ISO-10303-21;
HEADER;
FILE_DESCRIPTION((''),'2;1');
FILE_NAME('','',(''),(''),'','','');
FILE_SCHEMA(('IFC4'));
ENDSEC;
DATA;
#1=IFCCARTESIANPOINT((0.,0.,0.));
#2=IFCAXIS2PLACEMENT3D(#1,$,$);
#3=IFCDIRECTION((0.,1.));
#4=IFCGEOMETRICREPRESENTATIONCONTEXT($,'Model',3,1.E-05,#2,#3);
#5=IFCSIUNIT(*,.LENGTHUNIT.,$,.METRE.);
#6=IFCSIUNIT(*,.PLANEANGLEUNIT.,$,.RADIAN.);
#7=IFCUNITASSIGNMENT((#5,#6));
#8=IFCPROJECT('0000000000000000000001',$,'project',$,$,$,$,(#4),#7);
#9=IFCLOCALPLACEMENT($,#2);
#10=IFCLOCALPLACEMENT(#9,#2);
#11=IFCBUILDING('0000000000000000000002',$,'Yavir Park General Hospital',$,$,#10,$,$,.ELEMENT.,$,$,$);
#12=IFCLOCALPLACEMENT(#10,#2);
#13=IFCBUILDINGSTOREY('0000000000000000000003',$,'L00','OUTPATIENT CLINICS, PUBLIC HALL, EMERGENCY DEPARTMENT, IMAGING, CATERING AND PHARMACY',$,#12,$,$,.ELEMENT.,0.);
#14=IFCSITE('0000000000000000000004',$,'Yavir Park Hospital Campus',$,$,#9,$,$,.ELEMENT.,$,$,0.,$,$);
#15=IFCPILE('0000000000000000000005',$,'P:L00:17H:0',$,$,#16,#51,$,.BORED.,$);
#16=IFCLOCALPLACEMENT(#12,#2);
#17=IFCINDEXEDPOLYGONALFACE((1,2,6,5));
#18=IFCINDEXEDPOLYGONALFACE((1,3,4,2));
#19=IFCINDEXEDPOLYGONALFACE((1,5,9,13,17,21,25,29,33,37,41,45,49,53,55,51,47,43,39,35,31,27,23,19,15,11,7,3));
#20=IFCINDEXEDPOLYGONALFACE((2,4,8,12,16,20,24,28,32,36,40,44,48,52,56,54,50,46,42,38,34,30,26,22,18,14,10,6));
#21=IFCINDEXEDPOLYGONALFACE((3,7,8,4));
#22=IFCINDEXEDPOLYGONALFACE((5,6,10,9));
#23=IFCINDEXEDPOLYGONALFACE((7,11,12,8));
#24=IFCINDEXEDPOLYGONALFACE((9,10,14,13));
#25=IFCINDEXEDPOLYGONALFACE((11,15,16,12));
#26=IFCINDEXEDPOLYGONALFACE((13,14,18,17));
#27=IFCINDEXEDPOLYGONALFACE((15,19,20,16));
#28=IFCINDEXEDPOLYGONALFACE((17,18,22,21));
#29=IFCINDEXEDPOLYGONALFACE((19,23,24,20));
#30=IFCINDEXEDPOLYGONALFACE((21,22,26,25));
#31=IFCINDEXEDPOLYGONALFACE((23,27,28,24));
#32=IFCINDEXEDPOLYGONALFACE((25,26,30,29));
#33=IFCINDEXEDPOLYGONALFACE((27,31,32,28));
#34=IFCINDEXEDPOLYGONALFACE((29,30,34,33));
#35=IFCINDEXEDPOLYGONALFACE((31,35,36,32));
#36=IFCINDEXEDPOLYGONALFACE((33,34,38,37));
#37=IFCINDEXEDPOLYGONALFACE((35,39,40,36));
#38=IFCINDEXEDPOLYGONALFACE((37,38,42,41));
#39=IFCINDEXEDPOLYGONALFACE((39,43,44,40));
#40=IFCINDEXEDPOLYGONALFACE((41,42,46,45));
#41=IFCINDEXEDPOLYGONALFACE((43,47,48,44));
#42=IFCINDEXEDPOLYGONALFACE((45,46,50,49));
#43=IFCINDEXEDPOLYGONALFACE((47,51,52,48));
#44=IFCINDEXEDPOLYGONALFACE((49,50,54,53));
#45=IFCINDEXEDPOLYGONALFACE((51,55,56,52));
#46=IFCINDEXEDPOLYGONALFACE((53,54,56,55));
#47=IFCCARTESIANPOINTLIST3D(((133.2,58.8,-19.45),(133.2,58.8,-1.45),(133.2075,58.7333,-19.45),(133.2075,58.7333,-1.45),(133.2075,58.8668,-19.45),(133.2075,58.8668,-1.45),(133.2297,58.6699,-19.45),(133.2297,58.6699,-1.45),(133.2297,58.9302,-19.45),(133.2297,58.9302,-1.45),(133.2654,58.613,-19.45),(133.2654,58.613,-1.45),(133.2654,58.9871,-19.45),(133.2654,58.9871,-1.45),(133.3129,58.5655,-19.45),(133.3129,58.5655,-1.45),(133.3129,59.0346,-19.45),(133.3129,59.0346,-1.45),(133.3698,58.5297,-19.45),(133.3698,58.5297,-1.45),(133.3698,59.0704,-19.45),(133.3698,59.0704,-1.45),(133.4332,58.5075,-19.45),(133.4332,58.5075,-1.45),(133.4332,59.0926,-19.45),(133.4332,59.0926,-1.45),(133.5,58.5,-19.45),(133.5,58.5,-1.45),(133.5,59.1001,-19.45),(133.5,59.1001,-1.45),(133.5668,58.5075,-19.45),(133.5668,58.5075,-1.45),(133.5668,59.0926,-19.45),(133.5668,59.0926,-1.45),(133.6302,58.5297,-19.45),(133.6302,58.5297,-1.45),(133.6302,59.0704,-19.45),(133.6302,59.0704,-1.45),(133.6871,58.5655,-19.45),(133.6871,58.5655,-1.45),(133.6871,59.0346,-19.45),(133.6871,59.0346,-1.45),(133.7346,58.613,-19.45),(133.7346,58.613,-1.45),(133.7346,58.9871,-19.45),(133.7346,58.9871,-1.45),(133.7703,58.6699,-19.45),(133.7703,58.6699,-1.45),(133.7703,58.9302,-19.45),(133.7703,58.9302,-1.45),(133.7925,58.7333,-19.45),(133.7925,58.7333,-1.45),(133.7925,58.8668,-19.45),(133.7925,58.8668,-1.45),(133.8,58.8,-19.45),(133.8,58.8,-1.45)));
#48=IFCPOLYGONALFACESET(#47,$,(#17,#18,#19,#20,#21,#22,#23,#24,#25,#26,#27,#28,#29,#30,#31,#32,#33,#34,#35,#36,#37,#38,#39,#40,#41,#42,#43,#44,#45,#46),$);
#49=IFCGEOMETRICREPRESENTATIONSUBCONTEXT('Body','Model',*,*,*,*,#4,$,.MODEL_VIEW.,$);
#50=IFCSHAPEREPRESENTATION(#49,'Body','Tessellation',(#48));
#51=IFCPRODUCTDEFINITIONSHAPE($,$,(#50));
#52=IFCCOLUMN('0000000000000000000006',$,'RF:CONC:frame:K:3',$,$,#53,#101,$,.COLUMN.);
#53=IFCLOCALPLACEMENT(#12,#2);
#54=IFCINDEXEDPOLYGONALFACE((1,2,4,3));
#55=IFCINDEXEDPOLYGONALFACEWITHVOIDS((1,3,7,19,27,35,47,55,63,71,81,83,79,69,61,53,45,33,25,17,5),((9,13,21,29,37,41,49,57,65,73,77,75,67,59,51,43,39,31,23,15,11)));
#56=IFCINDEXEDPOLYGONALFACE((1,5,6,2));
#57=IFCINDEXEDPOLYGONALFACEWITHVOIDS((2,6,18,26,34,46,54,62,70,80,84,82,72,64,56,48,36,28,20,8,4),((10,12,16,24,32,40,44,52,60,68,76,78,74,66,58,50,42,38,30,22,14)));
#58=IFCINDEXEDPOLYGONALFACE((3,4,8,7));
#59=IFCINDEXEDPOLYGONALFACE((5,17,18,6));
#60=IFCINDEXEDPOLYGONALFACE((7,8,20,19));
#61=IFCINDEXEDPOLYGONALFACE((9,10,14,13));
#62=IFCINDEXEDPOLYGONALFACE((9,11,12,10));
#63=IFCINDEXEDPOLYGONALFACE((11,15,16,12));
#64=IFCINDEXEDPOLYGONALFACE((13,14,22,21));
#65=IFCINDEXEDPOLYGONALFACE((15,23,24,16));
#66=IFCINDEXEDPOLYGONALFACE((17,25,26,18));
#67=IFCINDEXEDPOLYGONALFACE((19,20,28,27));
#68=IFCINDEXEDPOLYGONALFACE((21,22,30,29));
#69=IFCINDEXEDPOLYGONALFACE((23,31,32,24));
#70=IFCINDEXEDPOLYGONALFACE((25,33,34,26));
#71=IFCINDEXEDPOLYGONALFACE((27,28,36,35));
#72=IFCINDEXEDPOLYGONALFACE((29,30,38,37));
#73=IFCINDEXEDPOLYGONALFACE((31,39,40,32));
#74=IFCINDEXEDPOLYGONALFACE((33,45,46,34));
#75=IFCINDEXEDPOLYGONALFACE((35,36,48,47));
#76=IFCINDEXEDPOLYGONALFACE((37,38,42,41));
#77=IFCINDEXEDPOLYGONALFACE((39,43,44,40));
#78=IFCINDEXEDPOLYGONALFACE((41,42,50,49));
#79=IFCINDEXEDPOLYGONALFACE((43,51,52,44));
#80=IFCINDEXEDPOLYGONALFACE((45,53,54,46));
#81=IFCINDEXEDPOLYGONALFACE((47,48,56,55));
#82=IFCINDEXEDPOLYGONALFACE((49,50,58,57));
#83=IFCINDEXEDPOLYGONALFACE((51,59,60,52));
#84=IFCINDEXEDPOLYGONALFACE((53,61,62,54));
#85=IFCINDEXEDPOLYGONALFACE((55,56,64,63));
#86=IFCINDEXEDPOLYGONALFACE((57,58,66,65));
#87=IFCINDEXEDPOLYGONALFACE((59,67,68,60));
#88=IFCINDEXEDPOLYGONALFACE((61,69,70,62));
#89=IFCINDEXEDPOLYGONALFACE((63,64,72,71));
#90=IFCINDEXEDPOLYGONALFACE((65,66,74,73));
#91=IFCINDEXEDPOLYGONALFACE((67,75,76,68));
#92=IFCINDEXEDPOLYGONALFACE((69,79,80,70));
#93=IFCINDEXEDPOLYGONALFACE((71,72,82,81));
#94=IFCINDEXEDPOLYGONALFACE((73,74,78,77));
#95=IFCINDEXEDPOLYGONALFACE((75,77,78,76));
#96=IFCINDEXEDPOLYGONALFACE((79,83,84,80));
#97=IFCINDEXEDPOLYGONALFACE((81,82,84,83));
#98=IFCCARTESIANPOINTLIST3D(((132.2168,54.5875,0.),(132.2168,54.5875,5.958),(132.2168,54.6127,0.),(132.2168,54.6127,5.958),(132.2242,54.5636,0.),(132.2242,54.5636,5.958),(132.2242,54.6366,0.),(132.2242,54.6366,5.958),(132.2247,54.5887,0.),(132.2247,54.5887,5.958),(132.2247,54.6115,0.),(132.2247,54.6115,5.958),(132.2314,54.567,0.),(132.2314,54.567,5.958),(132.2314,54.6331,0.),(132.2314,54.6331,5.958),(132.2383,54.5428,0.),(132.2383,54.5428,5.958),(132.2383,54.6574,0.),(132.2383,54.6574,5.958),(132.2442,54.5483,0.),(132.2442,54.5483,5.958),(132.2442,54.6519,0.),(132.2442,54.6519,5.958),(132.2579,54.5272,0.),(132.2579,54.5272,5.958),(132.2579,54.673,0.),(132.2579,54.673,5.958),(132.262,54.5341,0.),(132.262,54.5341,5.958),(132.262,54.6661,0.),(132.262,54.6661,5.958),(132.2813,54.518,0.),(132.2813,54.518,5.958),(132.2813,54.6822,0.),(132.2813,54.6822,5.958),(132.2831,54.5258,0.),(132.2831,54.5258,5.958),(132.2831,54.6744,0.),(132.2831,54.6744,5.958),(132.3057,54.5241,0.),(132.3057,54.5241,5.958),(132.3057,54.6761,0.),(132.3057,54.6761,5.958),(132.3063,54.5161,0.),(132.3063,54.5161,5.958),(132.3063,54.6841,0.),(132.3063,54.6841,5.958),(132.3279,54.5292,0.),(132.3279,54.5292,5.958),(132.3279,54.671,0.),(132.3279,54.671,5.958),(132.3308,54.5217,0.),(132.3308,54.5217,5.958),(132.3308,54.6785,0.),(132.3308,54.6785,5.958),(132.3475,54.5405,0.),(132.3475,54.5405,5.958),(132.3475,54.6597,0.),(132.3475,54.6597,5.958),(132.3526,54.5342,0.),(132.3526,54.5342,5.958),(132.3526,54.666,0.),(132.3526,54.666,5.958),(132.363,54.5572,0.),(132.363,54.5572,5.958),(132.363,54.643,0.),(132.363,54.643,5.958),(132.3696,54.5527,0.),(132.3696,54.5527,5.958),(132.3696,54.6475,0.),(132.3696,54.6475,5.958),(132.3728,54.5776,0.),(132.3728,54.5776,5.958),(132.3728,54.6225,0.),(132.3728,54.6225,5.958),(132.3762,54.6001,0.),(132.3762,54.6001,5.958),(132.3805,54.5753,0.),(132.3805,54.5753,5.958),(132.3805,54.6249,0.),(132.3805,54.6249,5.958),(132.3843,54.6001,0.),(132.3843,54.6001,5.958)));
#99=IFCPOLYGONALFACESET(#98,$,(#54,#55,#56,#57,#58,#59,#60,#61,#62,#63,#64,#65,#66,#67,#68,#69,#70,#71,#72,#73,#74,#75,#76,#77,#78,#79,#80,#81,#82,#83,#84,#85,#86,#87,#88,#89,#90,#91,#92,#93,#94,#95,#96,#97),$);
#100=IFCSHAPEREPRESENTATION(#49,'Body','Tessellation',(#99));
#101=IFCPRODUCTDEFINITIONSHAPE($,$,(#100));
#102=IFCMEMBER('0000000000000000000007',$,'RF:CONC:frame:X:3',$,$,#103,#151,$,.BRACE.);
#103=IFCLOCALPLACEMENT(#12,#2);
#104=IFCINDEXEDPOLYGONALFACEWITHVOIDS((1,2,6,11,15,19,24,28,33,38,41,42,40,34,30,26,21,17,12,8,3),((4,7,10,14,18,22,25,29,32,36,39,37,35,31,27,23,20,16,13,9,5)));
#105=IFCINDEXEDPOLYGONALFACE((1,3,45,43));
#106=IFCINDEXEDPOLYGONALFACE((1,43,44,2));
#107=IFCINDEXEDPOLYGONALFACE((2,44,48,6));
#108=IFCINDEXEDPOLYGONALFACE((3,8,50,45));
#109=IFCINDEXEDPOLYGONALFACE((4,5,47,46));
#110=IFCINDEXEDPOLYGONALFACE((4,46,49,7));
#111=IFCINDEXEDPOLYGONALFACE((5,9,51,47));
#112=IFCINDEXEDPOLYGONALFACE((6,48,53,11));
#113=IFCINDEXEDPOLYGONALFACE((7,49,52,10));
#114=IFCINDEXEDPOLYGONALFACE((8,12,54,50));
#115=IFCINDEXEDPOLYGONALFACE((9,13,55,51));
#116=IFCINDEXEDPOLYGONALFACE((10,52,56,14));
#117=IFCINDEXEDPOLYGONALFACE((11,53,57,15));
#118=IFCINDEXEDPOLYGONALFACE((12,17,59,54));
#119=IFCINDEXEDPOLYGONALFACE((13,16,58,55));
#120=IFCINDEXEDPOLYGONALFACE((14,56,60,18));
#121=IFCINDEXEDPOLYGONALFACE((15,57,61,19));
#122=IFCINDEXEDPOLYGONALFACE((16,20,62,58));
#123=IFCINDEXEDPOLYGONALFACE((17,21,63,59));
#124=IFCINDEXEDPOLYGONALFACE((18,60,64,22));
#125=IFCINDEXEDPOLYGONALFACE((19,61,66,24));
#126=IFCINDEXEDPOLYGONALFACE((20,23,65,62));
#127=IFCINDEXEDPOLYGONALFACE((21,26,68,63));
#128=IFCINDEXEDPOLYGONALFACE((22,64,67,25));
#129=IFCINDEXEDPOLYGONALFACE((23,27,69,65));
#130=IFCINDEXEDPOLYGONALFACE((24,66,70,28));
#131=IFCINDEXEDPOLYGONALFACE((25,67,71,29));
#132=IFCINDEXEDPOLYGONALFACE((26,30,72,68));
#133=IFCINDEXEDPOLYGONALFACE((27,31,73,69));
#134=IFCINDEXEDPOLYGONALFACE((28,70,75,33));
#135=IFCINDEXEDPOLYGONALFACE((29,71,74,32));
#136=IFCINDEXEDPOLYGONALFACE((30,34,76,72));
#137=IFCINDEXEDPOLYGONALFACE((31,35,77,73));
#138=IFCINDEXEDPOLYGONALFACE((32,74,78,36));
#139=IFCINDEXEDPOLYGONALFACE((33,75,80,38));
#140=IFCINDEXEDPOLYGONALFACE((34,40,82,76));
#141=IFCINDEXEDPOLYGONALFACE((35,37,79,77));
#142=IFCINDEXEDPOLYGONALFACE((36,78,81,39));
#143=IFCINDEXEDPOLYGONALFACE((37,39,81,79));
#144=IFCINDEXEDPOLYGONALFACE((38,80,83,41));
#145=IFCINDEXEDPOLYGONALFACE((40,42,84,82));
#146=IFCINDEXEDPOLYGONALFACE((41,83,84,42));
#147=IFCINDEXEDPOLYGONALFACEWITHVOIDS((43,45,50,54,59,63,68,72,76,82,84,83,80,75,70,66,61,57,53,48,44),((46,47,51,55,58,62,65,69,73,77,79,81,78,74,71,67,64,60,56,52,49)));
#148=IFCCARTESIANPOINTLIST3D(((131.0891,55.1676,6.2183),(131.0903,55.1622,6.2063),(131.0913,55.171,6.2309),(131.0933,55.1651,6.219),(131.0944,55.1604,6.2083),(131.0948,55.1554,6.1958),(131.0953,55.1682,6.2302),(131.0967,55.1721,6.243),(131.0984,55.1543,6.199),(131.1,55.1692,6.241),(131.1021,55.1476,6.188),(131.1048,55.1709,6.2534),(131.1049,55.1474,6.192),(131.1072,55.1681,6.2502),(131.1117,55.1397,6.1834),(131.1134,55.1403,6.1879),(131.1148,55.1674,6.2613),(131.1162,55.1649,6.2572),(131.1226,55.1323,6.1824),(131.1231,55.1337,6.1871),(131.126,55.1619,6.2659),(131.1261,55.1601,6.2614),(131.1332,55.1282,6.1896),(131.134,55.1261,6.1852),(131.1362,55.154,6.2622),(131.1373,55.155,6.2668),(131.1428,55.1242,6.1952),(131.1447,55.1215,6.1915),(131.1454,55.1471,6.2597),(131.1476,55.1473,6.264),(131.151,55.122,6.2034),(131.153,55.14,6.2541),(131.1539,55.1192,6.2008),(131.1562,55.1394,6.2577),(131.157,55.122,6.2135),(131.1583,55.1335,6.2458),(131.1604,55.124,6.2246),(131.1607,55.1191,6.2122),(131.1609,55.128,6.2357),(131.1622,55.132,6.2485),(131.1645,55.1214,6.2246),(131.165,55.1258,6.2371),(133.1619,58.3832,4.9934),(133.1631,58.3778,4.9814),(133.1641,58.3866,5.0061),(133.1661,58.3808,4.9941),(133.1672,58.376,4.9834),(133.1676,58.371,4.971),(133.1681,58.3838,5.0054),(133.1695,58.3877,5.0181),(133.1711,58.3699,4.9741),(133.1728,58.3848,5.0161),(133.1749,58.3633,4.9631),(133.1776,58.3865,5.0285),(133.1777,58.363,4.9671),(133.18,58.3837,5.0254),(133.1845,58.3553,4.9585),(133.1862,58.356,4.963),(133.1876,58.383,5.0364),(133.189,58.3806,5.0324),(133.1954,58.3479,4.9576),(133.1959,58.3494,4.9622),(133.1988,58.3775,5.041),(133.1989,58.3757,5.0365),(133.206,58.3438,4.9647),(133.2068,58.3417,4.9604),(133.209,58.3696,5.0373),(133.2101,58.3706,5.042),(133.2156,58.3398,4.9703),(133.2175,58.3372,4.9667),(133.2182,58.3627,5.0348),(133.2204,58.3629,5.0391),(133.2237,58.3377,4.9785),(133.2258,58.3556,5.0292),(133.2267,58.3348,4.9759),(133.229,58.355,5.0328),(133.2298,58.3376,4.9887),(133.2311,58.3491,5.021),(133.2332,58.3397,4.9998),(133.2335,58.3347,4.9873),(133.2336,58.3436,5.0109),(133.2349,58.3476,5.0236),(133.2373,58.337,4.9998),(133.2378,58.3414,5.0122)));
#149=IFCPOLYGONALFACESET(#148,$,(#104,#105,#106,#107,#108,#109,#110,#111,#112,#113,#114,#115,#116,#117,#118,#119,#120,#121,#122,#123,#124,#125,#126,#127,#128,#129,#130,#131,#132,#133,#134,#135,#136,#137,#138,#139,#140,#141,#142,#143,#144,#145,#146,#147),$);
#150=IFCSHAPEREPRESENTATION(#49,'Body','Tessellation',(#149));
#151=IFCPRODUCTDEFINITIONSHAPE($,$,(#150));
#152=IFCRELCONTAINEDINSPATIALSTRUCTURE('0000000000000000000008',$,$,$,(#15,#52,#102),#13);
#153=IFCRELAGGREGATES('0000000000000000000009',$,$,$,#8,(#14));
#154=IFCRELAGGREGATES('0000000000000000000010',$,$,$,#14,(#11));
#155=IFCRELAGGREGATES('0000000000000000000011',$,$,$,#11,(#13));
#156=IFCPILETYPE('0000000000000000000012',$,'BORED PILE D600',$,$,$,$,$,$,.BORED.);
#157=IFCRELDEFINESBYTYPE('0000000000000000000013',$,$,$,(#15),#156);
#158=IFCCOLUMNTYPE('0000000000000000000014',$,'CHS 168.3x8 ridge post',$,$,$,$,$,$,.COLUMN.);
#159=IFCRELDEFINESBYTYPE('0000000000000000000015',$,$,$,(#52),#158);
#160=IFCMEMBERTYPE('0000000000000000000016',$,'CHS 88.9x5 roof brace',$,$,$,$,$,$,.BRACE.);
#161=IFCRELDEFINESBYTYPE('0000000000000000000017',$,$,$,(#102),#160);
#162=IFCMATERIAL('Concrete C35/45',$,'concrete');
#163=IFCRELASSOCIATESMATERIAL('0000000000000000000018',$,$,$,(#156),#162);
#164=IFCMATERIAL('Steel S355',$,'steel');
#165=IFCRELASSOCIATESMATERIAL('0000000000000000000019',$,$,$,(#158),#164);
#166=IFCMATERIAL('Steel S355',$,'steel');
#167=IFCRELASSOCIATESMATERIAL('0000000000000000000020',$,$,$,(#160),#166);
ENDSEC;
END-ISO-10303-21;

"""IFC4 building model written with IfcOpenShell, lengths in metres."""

from ifc_helpers import new_model, si_unit, direction, frame, origin, origin_2d, place, context, subcontext, project, spatial, circle, hollow_circle, extrude, material, material_profile, profile_set, type_object, element, save


model = new_model("IFC4")

# Units and contexts
model_context = context("Model", 3, precision=1e-05, world=origin(), true_north=direction((0.0, 1.0)))
body_context = subcontext(model_context, "Body", "Model", "MODEL_VIEW")
ifc_project = project(units=[si_unit("LENGTHUNIT", "METRE"), si_unit("PLANEANGLEUNIT", "RADIAN")], contexts=[model_context])

# Site, building, storey
site_placement = place(None, origin())
site = spatial("IfcSite", under=ifc_project, at=site_placement, Name="Yavir Park Hospital Campus", CompositionType="ELEMENT", RefElevation=0.0)
building_placement = place(site_placement, origin())
building = spatial("IfcBuilding", under=site, at=building_placement, Name="Yavir Park General Hospital", CompositionType="ELEMENT")
storey_placement = place(building_placement, origin())
storey = spatial("IfcBuildingStorey", under=building, at=storey_placement, Name="L00", Description="OUTPATIENT CLINICS, PUBLIC HALL, EMERGENCY DEPARTMENT, IMAGING, CATERING AND PHARMACY", CompositionType="ELEMENT", Elevation=0.0)

# Pile
ifc_material_1 = material(Name="Concrete C35/45", Category="concrete")
ifc_material_profile_1 = material_profile(ifc_material_1, circle(Radius=0.3, at=origin_2d()), Name="D600")
ifc_profile_set_1 = profile_set([ifc_material_profile_1], Name="Concrete C35/45")
pile_type = type_object("IfcPileType", Name="BORED PILE D600", PredefinedType="BORED", material=ifc_profile_set_1)
pile_placement = place(storey_placement, frame((133.5, 58.8, -1.45), z_axis=(0.0, 0.0, -1.0), x_axis=(1.0, 0.0, 0.0)))
element("IfcPile", 1, at=pile_placement, inside=storey, type_object=pile_type, Name="P:L00:17H:0", PredefinedType="BORED", context=body_context, shape_type="SweptSolid", body=[
    extrude(circle(Radius=0.3, at=origin_2d()), origin(), (0.0, 0.0, 1.0), 18.0),
])

# Column
ifc_material_2 = material(Name="Steel S355", Category="steel")
ifc_material_profile_2 = material_profile(ifc_material_2, hollow_circle(Radius=0.0842, WallThickness=0.0081, at=origin_2d()), Name="CHS168.3x8")
ifc_profile_set_2 = profile_set([ifc_material_profile_2], Name="Steel S355")
column_type = type_object("IfcColumnType", Name="CHS 168.3x8 ridge post", PredefinedType="COLUMN", material=ifc_profile_set_2)
column_placement = place(storey_placement, frame((132.3, 54.6001, 0.0), z_axis=(0.0, 0.0, 1.0), x_axis=(1.0, 0.0, 0.0)))
element("IfcColumn", 2, at=column_placement, inside=storey, type_object=column_type, Name="RF:CONC:frame:K:3", PredefinedType="COLUMN", context=body_context, shape_type="SweptSolid", body=[
    extrude(hollow_circle(Radius=0.0842, WallThickness=0.0081, at=origin_2d()), origin(), (0.0, 0.0, 1.0), 5.958),
])

# Member
ifc_material_3 = material(Name="Steel S355", Category="steel")
ifc_material_profile_3 = material_profile(ifc_material_3, hollow_circle(Radius=0.0444, WallThickness=0.0049, at=origin_2d()), Name="CHS88.9x5")
ifc_profile_set_3 = profile_set([ifc_material_profile_3], Name="Steel S355")
member_type_1 = type_object("IfcMemberType", Name="CHS 88.9x5 roof brace", PredefinedType="BRACE", material=ifc_profile_set_3)
member_1_placement = place(storey_placement, frame((133.2, 58.3611, 4.9998), z_axis=(-0.515992, -0.800487, 0.304915), x_axis=(0.840512, -0.541793, 0.0)))
element("IfcMember", 3, at=member_1_placement, inside=storey, type_object=member_type_1, Name="RF:CONC:frame:X:3", PredefinedType="BRACE", context=body_context, shape_type="SweptSolid", body=[
    extrude(hollow_circle(Radius=0.0444, WallThickness=0.0049, at=origin_2d()), origin(), (0.0, 0.0, 1.0), 4.0171),
])

save(model, "model.ifc")
